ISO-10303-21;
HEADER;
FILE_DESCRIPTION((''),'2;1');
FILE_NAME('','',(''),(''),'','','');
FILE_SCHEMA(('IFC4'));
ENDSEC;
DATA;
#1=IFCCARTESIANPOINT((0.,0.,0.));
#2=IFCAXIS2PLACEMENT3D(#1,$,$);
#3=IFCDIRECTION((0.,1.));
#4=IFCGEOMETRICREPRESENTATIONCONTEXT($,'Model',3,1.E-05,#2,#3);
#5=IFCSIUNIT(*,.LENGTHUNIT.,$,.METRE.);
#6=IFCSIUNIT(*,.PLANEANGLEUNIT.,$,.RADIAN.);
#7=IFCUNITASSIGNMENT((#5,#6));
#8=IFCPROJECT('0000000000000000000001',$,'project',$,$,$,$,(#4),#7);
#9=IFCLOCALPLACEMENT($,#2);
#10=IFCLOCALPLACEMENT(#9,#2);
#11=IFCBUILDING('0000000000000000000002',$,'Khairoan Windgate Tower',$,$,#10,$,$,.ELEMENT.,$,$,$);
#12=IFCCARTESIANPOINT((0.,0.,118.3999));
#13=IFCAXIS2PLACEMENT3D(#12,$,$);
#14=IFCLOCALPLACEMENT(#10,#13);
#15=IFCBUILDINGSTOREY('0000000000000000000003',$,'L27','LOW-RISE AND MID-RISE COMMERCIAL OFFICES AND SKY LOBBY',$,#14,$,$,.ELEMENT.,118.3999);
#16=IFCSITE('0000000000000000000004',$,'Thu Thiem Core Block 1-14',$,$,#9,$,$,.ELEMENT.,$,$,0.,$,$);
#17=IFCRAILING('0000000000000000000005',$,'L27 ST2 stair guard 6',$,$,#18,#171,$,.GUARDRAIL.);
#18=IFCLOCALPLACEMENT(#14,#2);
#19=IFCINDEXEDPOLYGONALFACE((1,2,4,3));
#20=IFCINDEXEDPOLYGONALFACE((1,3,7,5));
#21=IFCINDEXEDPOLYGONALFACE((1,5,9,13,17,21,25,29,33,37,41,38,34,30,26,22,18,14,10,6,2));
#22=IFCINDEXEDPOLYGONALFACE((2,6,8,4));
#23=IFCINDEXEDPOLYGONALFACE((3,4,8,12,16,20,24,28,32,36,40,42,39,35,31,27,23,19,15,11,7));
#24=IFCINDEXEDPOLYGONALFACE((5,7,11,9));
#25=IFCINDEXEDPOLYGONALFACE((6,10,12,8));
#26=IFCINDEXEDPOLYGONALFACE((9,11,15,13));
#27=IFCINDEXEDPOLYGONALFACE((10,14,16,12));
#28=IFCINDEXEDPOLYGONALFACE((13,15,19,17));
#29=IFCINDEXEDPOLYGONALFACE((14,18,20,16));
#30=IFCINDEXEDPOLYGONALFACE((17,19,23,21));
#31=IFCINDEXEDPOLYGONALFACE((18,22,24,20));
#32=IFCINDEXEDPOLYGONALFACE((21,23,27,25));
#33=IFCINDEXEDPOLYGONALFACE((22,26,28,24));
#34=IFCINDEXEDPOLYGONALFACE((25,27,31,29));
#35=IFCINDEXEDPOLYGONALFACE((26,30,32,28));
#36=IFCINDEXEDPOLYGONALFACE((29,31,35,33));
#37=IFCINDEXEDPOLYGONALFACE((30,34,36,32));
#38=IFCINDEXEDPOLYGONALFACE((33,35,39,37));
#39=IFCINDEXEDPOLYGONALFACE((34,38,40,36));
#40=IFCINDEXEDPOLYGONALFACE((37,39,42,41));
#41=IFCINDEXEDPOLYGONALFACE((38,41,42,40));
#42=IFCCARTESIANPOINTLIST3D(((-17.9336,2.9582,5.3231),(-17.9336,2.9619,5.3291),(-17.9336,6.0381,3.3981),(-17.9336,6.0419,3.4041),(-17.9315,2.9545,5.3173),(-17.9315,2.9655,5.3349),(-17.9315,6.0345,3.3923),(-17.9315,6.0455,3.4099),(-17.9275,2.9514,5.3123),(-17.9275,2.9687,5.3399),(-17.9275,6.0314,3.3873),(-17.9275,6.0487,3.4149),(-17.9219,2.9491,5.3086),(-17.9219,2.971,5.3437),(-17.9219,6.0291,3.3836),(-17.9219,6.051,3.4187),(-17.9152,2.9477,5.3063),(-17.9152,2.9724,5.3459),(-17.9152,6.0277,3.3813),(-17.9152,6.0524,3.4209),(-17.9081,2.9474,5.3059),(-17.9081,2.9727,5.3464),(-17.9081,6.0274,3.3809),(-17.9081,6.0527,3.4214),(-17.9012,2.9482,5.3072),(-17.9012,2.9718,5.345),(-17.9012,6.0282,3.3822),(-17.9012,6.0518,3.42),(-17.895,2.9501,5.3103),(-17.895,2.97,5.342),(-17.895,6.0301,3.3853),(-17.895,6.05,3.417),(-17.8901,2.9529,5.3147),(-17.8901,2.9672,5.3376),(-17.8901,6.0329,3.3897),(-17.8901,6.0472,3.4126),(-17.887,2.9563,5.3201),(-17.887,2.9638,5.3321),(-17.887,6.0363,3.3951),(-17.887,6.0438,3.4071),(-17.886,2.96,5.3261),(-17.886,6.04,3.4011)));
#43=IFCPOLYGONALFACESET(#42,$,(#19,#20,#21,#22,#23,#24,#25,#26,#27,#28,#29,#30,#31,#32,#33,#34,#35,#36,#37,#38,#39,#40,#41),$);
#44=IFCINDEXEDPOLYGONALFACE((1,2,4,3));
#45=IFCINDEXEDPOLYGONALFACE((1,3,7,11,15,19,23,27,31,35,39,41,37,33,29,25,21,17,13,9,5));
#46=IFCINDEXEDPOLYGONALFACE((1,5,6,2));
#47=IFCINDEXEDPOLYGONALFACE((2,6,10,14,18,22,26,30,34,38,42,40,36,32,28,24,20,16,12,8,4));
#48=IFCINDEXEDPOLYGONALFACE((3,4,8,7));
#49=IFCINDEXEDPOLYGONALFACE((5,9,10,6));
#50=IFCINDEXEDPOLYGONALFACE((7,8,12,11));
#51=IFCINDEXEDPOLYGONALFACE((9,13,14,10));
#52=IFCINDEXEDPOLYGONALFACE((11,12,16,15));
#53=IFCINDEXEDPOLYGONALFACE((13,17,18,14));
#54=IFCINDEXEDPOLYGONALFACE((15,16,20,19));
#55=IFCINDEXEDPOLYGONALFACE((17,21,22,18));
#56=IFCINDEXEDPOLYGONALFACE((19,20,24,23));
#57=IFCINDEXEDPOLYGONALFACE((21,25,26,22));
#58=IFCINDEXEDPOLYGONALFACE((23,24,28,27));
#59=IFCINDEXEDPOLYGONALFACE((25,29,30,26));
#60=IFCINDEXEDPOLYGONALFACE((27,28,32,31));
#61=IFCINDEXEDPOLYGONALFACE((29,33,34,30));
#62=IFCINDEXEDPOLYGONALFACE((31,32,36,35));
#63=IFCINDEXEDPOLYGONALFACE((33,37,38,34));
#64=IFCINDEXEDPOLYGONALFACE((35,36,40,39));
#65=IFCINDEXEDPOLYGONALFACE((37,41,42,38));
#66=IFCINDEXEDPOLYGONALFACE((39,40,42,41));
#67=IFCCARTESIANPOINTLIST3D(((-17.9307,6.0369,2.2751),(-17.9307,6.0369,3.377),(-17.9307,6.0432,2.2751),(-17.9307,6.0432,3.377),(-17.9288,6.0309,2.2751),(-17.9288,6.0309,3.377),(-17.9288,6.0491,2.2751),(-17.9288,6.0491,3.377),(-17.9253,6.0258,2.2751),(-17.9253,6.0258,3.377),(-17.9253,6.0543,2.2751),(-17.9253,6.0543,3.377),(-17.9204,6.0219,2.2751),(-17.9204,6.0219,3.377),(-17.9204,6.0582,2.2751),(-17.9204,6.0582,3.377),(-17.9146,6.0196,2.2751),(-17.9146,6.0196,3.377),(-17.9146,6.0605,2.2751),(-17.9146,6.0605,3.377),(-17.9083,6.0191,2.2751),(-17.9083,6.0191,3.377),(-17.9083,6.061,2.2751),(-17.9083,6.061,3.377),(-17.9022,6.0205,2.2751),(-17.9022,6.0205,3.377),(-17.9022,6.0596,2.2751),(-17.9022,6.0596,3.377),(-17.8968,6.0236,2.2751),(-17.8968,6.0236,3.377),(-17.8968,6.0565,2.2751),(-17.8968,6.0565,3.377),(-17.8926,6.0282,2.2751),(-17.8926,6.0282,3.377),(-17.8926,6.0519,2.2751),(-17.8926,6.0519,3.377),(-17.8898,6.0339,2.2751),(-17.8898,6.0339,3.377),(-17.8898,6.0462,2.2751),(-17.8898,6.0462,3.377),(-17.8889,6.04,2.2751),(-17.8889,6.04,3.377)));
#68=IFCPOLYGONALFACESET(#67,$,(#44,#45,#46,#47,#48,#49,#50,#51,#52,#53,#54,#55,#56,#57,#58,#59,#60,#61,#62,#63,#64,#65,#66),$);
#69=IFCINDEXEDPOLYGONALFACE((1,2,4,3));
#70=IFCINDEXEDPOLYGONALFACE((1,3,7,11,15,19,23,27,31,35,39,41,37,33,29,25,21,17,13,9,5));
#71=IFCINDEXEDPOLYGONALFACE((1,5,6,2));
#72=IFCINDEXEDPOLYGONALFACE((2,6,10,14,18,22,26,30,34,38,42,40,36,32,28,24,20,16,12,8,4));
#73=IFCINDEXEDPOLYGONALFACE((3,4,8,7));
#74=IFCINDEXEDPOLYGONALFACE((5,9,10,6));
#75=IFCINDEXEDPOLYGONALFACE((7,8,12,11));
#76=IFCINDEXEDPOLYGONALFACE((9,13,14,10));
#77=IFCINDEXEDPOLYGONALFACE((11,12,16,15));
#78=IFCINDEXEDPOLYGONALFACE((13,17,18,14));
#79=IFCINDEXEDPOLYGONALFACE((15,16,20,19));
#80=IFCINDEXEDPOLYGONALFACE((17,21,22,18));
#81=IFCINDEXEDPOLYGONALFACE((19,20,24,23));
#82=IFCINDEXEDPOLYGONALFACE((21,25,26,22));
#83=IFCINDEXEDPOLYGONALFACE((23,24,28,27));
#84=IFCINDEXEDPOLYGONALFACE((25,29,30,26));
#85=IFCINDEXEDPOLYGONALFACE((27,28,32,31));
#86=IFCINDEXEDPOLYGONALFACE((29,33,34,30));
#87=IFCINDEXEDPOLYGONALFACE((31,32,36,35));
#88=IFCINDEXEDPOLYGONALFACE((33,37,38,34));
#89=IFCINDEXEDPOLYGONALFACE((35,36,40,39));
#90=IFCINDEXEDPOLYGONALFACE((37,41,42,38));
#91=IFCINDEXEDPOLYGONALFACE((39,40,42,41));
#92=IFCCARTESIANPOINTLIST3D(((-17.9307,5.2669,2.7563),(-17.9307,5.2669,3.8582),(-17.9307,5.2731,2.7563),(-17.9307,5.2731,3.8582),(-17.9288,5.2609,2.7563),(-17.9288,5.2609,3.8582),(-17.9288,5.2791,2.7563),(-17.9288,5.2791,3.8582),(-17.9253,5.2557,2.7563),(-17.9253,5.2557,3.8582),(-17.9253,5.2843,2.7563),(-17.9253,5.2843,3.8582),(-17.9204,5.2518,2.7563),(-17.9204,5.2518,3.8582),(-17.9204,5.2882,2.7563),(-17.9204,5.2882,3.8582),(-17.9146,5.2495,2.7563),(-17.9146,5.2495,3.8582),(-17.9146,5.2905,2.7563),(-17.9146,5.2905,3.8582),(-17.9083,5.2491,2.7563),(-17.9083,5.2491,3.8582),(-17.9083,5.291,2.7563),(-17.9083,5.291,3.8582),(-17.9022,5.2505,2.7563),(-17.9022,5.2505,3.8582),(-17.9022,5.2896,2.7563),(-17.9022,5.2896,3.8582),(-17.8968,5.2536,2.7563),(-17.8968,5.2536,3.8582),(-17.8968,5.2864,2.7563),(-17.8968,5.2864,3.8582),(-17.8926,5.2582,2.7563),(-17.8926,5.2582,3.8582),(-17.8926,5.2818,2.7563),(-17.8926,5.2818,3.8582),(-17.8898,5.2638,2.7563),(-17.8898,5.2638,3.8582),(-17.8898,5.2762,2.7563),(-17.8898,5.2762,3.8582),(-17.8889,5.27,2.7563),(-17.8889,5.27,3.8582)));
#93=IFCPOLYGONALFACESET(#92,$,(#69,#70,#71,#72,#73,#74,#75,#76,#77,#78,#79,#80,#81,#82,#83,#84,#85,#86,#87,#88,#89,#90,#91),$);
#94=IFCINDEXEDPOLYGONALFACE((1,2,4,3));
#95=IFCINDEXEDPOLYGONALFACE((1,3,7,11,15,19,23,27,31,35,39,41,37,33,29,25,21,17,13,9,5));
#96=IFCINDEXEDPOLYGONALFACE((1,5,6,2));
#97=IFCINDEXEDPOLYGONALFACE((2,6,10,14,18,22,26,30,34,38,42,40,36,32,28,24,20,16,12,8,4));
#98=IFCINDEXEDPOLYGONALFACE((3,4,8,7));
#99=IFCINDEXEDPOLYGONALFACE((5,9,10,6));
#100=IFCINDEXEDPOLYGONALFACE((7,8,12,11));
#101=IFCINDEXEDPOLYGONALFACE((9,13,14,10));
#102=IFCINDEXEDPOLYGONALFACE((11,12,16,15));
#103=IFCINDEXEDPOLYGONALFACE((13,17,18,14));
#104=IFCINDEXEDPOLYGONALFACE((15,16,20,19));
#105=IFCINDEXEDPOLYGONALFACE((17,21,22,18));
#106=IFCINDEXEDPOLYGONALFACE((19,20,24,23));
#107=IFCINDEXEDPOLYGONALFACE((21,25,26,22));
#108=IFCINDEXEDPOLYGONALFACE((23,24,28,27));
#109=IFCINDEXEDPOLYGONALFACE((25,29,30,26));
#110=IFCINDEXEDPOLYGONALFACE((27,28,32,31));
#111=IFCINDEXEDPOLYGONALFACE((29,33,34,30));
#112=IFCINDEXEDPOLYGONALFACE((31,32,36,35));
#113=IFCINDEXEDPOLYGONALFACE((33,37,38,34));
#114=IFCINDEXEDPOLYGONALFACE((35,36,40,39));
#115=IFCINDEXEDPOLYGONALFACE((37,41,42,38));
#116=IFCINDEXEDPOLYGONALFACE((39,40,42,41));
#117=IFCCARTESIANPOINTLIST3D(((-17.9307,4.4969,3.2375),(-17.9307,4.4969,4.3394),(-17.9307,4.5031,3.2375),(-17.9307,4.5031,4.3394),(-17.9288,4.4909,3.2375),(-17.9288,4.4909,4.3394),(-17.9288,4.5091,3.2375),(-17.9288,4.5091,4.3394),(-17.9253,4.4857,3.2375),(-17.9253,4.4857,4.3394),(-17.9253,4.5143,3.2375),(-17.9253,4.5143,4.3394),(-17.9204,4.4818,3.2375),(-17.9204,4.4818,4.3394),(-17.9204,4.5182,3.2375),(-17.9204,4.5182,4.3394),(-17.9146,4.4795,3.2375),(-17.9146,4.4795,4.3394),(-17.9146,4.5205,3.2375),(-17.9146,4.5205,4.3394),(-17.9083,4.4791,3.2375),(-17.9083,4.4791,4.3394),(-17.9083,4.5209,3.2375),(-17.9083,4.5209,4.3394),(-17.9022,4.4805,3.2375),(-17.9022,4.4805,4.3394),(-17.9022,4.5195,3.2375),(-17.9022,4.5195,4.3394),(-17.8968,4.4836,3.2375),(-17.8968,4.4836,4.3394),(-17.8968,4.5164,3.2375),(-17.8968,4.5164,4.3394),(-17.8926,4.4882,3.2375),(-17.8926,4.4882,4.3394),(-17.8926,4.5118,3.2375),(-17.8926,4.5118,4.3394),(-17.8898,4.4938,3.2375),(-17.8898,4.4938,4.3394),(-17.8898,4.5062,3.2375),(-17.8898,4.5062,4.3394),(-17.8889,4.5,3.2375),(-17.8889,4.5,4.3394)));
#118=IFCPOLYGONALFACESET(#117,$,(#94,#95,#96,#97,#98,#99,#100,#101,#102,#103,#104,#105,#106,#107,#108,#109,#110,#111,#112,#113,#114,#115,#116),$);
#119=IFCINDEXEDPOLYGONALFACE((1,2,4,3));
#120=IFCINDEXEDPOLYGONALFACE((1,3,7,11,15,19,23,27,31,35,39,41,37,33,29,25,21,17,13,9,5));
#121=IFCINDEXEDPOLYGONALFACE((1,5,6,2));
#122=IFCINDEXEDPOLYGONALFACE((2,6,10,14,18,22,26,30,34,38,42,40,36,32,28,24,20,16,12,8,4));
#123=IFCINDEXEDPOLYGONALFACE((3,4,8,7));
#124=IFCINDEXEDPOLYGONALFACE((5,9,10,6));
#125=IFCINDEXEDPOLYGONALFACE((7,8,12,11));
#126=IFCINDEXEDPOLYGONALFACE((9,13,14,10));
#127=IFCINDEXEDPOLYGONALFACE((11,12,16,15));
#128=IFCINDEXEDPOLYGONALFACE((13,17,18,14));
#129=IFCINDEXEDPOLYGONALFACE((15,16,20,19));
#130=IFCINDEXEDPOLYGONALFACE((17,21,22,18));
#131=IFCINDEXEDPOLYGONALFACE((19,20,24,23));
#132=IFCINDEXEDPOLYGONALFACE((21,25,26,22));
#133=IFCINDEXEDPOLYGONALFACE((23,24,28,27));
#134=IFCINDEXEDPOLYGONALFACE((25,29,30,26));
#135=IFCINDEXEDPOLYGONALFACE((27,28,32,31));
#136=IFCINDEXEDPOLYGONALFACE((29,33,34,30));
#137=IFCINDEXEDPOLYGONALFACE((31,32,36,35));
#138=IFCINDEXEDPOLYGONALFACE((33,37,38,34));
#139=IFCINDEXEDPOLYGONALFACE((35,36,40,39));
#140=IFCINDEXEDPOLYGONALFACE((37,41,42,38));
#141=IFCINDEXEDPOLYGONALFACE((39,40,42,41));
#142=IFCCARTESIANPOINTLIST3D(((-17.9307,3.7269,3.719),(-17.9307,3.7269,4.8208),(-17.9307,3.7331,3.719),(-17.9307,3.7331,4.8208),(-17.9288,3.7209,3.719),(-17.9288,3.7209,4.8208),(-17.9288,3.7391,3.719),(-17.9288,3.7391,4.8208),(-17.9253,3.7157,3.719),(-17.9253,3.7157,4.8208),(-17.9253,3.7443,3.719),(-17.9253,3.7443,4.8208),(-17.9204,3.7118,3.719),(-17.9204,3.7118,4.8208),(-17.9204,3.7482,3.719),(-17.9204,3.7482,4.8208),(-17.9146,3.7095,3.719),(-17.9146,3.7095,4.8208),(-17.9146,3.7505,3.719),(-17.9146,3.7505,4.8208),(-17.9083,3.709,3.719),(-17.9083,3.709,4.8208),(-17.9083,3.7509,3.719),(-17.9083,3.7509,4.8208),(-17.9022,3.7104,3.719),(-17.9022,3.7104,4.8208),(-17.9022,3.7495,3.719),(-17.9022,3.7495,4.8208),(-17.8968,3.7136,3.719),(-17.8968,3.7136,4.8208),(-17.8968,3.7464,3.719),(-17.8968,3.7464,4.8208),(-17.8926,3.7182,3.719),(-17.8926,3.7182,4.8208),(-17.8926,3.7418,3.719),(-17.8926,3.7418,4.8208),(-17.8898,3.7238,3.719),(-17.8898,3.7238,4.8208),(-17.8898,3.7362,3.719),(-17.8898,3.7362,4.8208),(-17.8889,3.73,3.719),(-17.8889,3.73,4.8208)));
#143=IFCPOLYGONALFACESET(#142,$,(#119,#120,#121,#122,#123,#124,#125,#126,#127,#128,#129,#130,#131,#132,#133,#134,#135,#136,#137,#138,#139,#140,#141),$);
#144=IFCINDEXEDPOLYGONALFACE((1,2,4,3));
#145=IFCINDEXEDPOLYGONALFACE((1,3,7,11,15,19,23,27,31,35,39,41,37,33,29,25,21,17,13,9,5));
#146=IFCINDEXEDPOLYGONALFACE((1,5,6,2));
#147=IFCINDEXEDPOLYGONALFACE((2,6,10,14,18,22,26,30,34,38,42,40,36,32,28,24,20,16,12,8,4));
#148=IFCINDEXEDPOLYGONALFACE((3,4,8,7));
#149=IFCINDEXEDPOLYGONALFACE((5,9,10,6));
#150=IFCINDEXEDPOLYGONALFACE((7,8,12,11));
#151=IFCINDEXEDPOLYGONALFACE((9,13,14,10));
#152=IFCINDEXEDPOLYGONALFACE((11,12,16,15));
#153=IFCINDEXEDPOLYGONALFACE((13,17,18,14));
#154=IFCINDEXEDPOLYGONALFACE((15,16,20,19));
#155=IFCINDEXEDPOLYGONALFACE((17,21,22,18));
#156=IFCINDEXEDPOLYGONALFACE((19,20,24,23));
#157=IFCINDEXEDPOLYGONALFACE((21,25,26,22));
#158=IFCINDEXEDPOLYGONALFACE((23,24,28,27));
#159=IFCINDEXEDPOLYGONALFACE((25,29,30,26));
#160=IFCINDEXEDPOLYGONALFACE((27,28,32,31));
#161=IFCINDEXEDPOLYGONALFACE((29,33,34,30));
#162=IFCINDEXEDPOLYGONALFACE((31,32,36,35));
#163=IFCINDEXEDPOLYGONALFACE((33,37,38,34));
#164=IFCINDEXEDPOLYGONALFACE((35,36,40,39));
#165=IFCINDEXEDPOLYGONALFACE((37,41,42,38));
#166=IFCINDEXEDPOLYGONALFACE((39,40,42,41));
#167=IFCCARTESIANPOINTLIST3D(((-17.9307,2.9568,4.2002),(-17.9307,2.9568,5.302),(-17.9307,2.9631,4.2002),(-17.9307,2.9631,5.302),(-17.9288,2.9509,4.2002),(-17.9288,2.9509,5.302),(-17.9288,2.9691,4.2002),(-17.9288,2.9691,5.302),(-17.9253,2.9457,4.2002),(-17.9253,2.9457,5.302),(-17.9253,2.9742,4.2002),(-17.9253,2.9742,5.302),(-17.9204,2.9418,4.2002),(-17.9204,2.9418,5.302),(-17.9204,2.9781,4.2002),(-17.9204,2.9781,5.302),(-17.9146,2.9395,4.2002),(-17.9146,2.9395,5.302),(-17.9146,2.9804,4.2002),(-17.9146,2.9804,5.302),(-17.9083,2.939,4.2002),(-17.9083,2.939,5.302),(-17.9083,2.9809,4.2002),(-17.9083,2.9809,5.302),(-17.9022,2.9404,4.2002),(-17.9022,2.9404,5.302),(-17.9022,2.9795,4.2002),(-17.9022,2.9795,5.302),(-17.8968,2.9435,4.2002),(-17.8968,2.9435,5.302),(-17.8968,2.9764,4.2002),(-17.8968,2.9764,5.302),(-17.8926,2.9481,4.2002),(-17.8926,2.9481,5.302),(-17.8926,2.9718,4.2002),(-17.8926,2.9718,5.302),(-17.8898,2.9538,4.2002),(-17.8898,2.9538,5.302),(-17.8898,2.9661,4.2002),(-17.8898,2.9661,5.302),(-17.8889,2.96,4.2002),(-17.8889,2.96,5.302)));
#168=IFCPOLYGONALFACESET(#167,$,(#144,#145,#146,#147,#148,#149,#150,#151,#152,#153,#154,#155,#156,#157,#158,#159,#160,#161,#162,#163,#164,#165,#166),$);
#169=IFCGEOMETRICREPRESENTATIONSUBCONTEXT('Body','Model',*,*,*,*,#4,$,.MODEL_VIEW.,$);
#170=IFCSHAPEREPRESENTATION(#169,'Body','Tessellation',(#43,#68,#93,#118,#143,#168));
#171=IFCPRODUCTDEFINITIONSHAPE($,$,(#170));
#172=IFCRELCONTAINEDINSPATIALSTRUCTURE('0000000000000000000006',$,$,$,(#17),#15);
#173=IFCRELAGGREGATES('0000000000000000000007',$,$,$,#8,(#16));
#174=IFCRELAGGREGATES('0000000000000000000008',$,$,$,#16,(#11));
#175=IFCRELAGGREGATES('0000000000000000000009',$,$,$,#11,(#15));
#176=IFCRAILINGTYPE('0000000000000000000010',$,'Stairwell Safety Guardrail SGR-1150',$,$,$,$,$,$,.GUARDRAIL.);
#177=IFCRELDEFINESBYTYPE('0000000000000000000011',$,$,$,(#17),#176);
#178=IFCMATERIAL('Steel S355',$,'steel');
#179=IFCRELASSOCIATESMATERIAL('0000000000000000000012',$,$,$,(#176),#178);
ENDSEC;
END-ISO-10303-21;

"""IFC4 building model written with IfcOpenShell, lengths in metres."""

from ifc_helpers import new_model, si_unit, direction, frame, origin, origin_2d, place, context, subcontext, project, spatial, circle, extrude, material, type_object, element, save


model = new_model("IFC4")

# Units and contexts
model_context = context("Model", 3, precision=1e-05, world=origin(), true_north=direction((0.0, 1.0)))
body_context = subcontext(model_context, "Body", "Model", "MODEL_VIEW")
ifc_project = project(units=[si_unit("LENGTHUNIT", "METRE"), si_unit("PLANEANGLEUNIT", "RADIAN")], contexts=[model_context])

# Site, building, storey
site_placement = place(None, origin())
site = spatial("IfcSite", under=ifc_project, at=site_placement, Name="Thu Thiem Core Block 1-14", CompositionType="ELEMENT", RefElevation=0.0)
building_placement = place(site_placement, origin())
building = spatial("IfcBuilding", under=site, at=building_placement, Name="Khairoan Windgate Tower", CompositionType="ELEMENT")
storey_placement = place(building_placement, frame((0.0, 0.0, 118.3999)))
storey = spatial("IfcBuildingStorey", under=building, at=storey_placement, Name="L27", Description="LOW-RISE AND MID-RISE COMMERCIAL OFFICES AND SKY LOBBY", CompositionType="ELEMENT", Elevation=118.3999)

# Railing
ifc_material_1 = material(Name="Steel S355", Category="steel")
railing_type_1 = type_object("IfcRailingType", Name="Stairwell Safety Guardrail SGR-1150", PredefinedType="GUARDRAIL", material=ifc_material_1)
railing_1_placement = place(storey_placement, frame((-17.9099, 6.04, 2.2751)))
element("IfcRailing", 1, at=railing_1_placement, inside=storey, type_object=railing_type_1, Name="L27 ST2 stair guard 6", PredefinedType="GUARDRAIL", context=body_context, shape_type="SweptSolid", body=[
    extrude(circle(Radius=0.0239, at=origin_2d()), frame((0.0, 0.0, 1.126), z_axis=(0.0, -0.847998, 0.529999), x_axis=(1.0, 0.0, 0.0)), (0.0, 0.0, 1.0), 3.6321),
    extrude(circle(Radius=0.021, at=origin_2d()), origin(), (0.0, 0.0, 1.0), 1.1018),
    extrude(circle(Radius=0.021, at=origin_2d()), frame((0.0, -0.77, 0.4812)), (0.0, 0.0, 1.0), 1.1018),
    extrude(circle(Radius=0.021, at=origin_2d()), frame((0.0, -1.54, 0.9624)), (0.0, 0.0, 1.0), 1.1018),
    extrude(circle(Radius=0.021, at=origin_2d()), frame((0.0, -2.3101, 1.4438)), (0.0, 0.0, 1.0), 1.1018),
    extrude(circle(Radius=0.021, at=origin_2d()), frame((0.0, -3.0801, 1.925)), (0.0, 0.0, 1.0), 1.1018),
])

save(model, "model.ifc")
